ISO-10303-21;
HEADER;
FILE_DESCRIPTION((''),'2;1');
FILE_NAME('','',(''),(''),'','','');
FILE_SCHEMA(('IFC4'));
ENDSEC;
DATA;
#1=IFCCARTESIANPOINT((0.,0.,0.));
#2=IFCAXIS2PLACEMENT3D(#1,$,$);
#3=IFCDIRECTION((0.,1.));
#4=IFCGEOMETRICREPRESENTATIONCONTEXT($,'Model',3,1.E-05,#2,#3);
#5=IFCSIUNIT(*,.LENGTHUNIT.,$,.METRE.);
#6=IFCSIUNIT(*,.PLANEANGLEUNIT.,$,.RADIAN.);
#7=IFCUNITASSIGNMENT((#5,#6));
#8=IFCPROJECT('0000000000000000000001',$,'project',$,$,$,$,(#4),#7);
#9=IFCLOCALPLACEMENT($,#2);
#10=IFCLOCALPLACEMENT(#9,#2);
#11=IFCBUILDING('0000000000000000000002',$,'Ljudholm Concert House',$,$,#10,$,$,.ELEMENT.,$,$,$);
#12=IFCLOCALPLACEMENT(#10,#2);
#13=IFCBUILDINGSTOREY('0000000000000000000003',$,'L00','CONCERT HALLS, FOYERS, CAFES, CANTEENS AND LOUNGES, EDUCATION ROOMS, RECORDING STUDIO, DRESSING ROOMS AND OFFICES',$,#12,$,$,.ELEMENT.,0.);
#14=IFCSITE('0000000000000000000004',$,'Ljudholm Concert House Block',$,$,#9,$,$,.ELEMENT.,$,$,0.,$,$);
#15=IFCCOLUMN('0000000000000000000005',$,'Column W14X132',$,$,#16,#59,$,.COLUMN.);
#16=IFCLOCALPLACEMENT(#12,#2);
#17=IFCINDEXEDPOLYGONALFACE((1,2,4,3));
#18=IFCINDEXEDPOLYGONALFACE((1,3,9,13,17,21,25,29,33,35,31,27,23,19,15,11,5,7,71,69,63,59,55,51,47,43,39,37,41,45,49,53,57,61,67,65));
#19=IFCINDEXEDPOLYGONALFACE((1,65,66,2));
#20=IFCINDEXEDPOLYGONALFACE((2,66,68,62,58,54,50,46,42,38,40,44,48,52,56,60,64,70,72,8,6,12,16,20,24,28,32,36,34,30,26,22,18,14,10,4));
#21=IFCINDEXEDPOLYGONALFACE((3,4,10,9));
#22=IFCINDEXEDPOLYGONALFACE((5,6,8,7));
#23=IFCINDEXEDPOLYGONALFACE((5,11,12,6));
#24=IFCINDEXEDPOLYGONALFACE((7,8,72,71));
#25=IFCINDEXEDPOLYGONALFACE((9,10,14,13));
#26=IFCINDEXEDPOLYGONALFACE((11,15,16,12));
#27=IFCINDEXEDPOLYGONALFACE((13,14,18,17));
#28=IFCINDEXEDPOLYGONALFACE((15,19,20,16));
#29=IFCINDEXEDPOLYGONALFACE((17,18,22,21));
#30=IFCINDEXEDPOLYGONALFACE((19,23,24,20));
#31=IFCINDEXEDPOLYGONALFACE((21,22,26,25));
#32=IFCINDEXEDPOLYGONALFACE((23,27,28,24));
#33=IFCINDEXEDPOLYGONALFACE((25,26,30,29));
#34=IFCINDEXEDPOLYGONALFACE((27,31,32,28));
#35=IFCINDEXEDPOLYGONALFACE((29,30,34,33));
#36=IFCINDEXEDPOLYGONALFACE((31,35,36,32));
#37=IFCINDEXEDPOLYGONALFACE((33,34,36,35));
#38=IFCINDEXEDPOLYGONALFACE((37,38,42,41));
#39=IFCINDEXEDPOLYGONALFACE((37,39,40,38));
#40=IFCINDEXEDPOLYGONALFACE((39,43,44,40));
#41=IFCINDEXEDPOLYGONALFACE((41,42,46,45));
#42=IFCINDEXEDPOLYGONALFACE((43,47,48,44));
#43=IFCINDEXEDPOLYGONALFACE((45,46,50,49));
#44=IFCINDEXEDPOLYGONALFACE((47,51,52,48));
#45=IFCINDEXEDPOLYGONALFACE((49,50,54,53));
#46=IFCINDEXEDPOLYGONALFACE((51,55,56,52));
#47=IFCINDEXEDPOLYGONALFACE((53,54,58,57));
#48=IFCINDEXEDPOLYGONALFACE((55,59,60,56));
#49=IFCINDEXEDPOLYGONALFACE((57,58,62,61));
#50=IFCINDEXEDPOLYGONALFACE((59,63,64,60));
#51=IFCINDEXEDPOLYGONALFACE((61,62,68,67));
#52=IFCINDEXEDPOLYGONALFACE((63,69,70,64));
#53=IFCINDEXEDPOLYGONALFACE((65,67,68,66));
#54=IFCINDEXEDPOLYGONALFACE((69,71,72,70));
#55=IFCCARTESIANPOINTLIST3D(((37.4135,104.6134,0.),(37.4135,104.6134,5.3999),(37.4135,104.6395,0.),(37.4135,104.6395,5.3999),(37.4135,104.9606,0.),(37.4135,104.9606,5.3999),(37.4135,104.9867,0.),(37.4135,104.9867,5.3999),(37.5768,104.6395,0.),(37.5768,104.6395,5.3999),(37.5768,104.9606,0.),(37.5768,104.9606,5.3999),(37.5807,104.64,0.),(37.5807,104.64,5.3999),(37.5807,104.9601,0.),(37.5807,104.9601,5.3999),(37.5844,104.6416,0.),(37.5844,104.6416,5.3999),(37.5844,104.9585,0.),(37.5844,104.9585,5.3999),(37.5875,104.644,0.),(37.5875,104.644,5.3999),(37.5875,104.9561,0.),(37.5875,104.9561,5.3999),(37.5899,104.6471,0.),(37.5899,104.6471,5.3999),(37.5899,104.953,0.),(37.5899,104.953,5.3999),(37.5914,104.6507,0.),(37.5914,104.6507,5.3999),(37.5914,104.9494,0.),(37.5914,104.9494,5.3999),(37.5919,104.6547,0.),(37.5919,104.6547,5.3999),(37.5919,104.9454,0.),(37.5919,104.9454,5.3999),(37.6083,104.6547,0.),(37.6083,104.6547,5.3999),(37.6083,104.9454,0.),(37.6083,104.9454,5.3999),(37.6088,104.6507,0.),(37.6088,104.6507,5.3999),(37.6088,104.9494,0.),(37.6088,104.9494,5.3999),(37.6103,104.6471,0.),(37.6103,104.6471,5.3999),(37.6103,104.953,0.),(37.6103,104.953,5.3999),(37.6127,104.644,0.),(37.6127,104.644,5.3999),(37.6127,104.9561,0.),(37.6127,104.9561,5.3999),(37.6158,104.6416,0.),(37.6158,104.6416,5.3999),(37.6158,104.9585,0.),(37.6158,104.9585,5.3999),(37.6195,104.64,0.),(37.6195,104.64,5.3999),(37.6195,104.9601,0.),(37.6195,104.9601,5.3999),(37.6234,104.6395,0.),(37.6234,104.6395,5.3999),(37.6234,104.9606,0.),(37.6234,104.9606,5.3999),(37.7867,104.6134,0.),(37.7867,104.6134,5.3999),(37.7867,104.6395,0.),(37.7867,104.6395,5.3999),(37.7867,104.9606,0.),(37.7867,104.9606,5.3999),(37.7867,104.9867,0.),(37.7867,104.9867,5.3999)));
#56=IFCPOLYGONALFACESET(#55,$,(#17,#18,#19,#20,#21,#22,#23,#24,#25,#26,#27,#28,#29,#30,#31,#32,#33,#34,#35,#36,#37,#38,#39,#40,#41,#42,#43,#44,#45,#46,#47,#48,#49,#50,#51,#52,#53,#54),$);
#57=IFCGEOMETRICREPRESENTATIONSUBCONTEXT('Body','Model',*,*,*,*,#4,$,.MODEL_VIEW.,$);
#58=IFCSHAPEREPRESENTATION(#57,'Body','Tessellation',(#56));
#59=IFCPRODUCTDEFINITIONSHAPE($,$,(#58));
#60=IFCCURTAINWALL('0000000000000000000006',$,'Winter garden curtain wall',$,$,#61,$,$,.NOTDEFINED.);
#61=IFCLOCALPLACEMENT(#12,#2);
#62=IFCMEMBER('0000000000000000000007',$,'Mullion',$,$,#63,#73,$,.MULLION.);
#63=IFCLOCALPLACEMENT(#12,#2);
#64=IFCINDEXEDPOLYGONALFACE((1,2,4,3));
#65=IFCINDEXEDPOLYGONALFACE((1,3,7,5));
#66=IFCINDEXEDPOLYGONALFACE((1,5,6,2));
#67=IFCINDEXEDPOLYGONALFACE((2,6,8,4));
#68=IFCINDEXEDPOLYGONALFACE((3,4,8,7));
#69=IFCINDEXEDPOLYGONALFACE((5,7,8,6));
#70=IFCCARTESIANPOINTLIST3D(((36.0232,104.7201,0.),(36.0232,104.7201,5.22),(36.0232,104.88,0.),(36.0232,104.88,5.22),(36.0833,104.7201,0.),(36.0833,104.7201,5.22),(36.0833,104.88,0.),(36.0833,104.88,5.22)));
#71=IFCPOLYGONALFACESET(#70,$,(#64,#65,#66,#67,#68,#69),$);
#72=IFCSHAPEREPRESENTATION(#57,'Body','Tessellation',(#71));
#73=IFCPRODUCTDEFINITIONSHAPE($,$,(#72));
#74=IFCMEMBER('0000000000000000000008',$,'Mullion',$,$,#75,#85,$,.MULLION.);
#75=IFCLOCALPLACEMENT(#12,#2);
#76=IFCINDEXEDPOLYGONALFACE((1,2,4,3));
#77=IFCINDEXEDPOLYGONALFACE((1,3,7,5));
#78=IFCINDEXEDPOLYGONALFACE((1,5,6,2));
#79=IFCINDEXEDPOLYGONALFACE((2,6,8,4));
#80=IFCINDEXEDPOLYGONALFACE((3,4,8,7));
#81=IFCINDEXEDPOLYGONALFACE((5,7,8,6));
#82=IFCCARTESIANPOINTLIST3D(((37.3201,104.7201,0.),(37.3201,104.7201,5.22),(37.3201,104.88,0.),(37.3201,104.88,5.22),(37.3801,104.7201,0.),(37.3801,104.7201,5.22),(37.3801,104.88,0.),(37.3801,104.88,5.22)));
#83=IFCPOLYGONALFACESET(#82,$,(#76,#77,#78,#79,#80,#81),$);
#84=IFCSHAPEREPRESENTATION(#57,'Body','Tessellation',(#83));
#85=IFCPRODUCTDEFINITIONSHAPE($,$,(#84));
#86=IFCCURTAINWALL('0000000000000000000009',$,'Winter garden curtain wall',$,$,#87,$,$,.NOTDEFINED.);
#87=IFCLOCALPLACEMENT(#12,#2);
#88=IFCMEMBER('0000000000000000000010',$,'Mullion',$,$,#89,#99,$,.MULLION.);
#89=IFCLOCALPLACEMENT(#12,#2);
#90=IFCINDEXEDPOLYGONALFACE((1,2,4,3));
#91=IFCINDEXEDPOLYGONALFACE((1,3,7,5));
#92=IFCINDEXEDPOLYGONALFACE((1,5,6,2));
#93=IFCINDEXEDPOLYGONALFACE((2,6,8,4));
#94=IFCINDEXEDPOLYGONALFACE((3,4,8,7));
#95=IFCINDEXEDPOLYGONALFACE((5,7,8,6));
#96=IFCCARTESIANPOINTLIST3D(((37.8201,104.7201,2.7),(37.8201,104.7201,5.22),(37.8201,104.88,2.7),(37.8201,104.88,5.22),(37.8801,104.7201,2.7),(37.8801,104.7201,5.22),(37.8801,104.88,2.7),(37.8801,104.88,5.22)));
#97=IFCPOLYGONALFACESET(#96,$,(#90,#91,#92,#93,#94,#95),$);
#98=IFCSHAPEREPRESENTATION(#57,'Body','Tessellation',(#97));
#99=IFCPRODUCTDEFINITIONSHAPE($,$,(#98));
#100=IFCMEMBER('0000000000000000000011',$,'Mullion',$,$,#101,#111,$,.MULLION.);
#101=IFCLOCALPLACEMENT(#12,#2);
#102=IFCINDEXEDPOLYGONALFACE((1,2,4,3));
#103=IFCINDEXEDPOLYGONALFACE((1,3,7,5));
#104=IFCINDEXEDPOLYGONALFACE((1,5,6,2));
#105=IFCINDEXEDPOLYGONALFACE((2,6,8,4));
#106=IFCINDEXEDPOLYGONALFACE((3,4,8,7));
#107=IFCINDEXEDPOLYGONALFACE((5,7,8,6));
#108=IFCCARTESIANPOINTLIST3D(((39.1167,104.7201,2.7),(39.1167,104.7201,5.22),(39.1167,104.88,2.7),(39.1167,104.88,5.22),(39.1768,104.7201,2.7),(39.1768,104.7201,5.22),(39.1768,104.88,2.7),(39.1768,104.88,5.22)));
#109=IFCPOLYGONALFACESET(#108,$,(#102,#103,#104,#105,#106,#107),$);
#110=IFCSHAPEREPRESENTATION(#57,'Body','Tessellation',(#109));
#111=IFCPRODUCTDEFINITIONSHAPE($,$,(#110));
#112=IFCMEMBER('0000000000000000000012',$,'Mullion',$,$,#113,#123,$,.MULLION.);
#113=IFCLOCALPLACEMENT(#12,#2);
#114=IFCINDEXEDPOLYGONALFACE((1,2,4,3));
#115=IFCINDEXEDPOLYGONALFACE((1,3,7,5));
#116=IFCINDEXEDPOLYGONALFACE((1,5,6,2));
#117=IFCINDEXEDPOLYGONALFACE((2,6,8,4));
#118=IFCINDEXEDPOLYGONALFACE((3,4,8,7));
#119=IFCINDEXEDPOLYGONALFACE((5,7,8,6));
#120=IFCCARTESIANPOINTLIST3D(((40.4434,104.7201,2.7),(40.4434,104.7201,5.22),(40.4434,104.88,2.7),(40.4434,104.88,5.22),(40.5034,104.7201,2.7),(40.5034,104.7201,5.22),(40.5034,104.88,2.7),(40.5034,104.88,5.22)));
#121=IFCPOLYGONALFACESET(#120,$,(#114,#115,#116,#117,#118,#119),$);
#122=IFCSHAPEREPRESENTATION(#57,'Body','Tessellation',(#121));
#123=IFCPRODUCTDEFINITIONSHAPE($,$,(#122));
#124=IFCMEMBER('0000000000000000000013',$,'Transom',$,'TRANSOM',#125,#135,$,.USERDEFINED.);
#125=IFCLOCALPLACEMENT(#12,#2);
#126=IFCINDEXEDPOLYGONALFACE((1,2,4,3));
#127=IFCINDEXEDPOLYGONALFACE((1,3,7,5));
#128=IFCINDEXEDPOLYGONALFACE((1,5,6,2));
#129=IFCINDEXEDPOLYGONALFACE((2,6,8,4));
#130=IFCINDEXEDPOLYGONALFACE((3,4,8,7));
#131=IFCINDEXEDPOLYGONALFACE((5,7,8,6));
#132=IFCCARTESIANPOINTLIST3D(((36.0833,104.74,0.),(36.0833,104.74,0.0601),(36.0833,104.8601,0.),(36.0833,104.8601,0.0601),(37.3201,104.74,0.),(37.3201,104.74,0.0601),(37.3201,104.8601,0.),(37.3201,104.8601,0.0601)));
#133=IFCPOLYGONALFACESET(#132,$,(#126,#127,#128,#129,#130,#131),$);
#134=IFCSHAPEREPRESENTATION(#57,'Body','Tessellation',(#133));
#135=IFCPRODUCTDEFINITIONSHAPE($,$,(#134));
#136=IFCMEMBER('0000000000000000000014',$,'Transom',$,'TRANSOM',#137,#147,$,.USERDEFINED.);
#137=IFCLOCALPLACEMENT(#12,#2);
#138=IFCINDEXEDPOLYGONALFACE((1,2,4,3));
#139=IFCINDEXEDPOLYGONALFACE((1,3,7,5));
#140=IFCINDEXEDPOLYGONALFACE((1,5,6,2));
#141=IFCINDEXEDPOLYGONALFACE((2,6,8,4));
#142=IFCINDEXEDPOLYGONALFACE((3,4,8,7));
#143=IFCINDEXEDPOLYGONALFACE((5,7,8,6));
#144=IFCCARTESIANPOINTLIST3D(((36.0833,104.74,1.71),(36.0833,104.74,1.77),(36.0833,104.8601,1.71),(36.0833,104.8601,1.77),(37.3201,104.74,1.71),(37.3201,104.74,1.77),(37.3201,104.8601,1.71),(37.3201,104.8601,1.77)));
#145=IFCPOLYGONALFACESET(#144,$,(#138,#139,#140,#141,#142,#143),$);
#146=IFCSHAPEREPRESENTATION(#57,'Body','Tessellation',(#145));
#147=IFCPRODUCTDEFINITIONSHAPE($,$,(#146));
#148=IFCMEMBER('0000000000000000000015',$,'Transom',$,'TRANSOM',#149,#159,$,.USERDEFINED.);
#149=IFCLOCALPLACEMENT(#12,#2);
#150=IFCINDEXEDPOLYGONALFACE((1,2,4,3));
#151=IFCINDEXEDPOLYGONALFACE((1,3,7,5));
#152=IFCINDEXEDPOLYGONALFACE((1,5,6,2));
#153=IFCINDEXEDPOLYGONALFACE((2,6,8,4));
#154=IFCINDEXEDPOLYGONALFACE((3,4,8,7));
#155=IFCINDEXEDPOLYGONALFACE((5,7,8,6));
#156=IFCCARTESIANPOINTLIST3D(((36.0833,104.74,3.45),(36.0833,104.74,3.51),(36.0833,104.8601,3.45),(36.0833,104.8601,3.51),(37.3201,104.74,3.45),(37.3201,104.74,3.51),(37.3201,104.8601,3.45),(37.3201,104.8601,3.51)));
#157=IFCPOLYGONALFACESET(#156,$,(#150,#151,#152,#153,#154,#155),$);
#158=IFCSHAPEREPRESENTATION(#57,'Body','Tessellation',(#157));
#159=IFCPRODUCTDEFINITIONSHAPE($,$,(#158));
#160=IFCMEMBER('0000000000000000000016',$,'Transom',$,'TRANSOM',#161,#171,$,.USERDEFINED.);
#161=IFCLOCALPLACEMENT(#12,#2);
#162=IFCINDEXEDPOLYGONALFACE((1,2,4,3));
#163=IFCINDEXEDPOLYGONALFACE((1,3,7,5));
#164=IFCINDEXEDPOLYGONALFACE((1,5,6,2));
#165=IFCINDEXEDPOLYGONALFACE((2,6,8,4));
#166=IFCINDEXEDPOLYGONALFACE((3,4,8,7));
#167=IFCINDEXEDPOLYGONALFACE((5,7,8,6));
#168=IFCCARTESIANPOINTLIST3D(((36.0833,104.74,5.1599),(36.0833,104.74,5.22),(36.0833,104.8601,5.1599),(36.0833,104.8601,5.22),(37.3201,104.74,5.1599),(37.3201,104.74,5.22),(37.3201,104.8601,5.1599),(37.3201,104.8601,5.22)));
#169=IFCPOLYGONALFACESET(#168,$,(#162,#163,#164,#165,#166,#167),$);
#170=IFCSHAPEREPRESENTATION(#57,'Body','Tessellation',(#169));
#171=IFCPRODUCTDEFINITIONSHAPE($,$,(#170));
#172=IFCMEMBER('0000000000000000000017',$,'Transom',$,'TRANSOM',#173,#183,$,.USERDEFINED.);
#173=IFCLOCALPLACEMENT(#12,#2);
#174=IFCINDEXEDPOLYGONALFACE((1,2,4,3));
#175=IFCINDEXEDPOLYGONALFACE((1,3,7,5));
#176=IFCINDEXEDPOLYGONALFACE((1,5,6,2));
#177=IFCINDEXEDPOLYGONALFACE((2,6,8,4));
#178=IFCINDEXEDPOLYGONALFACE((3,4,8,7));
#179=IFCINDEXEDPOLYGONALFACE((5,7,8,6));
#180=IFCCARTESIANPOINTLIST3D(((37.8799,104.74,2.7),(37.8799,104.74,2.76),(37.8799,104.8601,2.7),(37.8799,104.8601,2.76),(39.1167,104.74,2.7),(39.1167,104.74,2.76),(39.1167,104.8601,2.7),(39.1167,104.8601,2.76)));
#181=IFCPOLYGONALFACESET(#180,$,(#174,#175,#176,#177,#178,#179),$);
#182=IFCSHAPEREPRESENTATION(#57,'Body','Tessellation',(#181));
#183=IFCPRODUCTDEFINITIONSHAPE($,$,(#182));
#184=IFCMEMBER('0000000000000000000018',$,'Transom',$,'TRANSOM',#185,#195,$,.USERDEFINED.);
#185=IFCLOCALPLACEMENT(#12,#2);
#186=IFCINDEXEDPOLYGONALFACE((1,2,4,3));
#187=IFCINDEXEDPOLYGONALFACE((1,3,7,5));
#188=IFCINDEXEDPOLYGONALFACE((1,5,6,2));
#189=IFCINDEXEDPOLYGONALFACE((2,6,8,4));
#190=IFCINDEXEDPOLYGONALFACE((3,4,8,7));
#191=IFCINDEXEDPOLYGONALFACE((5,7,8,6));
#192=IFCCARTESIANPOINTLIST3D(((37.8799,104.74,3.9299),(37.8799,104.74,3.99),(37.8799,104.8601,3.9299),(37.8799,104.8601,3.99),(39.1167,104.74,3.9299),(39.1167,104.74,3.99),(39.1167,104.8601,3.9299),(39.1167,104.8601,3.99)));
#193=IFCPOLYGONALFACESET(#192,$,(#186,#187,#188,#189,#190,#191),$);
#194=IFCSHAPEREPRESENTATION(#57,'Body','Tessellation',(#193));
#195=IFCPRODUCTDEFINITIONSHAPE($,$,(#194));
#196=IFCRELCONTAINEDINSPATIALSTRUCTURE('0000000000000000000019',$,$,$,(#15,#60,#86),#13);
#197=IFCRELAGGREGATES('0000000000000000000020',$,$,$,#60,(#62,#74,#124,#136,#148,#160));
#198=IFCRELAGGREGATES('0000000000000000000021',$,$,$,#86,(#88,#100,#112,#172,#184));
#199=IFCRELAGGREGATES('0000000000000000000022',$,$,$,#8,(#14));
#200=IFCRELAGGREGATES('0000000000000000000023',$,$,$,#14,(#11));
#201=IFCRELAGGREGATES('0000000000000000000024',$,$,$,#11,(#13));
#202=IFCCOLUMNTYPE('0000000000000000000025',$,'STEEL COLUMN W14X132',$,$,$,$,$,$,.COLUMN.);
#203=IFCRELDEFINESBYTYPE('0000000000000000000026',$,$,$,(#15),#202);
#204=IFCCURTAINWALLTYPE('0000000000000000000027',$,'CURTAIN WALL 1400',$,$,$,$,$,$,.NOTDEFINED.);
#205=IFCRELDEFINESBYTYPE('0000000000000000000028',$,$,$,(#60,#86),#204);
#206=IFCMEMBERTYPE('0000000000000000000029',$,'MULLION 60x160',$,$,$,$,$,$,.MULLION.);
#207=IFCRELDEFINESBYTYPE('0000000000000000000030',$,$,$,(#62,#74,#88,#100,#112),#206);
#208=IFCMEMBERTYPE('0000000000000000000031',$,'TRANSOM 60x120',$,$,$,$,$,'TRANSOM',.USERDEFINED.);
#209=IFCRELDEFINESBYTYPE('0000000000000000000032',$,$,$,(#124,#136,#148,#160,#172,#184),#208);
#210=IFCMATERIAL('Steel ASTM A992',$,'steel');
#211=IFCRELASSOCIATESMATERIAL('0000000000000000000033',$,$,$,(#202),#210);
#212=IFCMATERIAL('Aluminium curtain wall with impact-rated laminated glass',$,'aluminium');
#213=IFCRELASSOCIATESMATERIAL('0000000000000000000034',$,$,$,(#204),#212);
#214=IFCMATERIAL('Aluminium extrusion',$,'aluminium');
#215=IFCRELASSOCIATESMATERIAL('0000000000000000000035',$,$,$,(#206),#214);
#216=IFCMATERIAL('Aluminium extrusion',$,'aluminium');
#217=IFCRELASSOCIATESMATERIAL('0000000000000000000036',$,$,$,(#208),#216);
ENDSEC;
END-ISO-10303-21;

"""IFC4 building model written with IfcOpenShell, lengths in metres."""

from ifc_helpers import new_model, si_unit, direction, frame, origin, origin_2d, place, context, subcontext, project, spatial, rectangle, i_section, extrude, material, material_profile, profile_set, type_object, element, aggregate, save


model = new_model("IFC4")

# Units and contexts
model_context = context("Model", 3, precision=1e-05, world=origin(), true_north=direction((0.0, 1.0)))
body_context = subcontext(model_context, "Body", "Model", "MODEL_VIEW")
ifc_project = project(units=[si_unit("LENGTHUNIT", "METRE"), si_unit("PLANEANGLEUNIT", "RADIAN")], contexts=[model_context])

# Site, building, storey
site_placement = place(None, origin())
site = spatial("IfcSite", under=ifc_project, at=site_placement, Name="Ljudholm Concert House Block", CompositionType="ELEMENT", RefElevation=0.0)
building_placement = place(site_placement, origin())
building = spatial("IfcBuilding", under=site, at=building_placement, Name="Ljudholm Concert House", CompositionType="ELEMENT")
storey_placement = place(building_placement, origin())
storey = spatial("IfcBuildingStorey", under=building, at=storey_placement, Name="L00", Description="CONCERT HALLS, FOYERS, CAFES, CANTEENS AND LOUNGES, EDUCATION ROOMS, RECORDING STUDIO, DRESSING ROOMS AND OFFICES", CompositionType="ELEMENT", Elevation=0.0)

# Column
ifc_material_1 = material(Name="Steel ASTM A992", Category="steel")
ifc_material_profile_1 = material_profile(ifc_material_1, i_section(OverallWidth=0.3733, OverallDepth=0.3733, WebThickness=0.0164, FlangeThickness=0.0261, FilletRadius=0.0151, at=origin_2d()), Name="W14X132")
ifc_profile_set_1 = profile_set([ifc_material_profile_1], Name="Steel ASTM A992")
column_type = type_object("IfcColumnType", Name="STEEL COLUMN W14X132", PredefinedType="COLUMN", material=ifc_profile_set_1)
column_placement = place(storey_placement, frame((37.6001, 104.8, 0.0), z_axis=(0.0, 0.0, 1.0), x_axis=(1.0, 0.0, 0.0)))
element("IfcColumn", 1, at=column_placement, inside=storey, type_object=column_type, Name="Column W14X132", PredefinedType="COLUMN", context=body_context, shape_type="SweptSolid", body=[
    extrude(i_section(OverallWidth=0.3733, OverallDepth=0.3733, WebThickness=0.0164, FlangeThickness=0.0261, FilletRadius=0.0151, at=origin_2d()), origin(), (0.0, 0.0, 1.0), 5.3999),
])

# Curtain walls, members
ifc_material_2 = material(Name="Aluminium curtain wall with impact-rated laminated glass", Category="aluminium")
curtain_wall_type = type_object("IfcCurtainWallType", Name="CURTAIN WALL 1400", PredefinedType="NOTDEFINED", material=ifc_material_2)
curtain_wall_1_placement = place(storey_placement, origin())
curtain_wall_1 = element("IfcCurtainWall", 2, at=curtain_wall_1_placement, inside=storey, type_object=curtain_wall_type, Name="Winter garden curtain wall", PredefinedType="NOTDEFINED")
ifc_material_3 = material(Name="Aluminium extrusion", Category="aluminium")
ifc_material_profile_2 = material_profile(ifc_material_3, rectangle(XDim=0.1599, YDim=0.0601, at=origin_2d()), Name="MULLION 60x160")
ifc_profile_set_2 = profile_set([ifc_material_profile_2], Name="Aluminium extrusion")
member_type_1 = type_object("IfcMemberType", Name="MULLION 60x160", PredefinedType="MULLION", material=ifc_profile_set_2)
member_1_placement = place(storey_placement, frame((36.0532, 104.8, 0.0), z_axis=(0.0, 0.0, 1.0), x_axis=(0.0, 1.0, 0.0)))
member_1 = element("IfcMember", 3, at=member_1_placement, type_object=member_type_1, Name="Mullion", PredefinedType="MULLION", context=body_context, shape_type="SweptSolid", body=[
    extrude(rectangle(XDim=0.1599, YDim=0.0601, at=origin_2d()), origin(), (0.0, 0.0, 1.0), 5.22),
])
member_2_placement = place(storey_placement, frame((37.3501, 104.8, 0.0), z_axis=(0.0, 0.0, 1.0), x_axis=(0.0, 1.0, 0.0)))
member_2 = element("IfcMember", 4, at=member_2_placement, type_object=member_type_1, Name="Mullion", PredefinedType="MULLION", context=body_context, shape_type="SweptSolid", body=[
    extrude(rectangle(XDim=0.1599, YDim=0.0601, at=origin_2d()), origin(), (0.0, 0.0, 1.0), 5.22),
])
curtain_wall_2_placement = place(storey_placement, origin())
curtain_wall_2 = element("IfcCurtainWall", 5, at=curtain_wall_2_placement, inside=storey, type_object=curtain_wall_type, Name="Winter garden curtain wall", PredefinedType="NOTDEFINED")
member_3_placement = place(storey_placement, frame((37.8501, 104.8, 2.7), z_axis=(0.0, 0.0, 1.0), x_axis=(0.0, 1.0, 0.0)))
member_3 = element("IfcMember", 6, at=member_3_placement, type_object=member_type_1, Name="Mullion", PredefinedType="MULLION", context=body_context, shape_type="SweptSolid", body=[
    extrude(rectangle(XDim=0.1599, YDim=0.0601, at=origin_2d()), origin(), (0.0, 0.0, 1.0), 2.52),
])
member_4_placement = place(storey_placement, frame((39.1467, 104.8, 2.7), z_axis=(0.0, 0.0, 1.0), x_axis=(0.0, 1.0, 0.0)))
member_4 = element("IfcMember", 7, at=member_4_placement, type_object=member_type_1, Name="Mullion", PredefinedType="MULLION", context=body_context, shape_type="SweptSolid", body=[
    extrude(rectangle(XDim=0.1599, YDim=0.0601, at=origin_2d()), origin(), (0.0, 0.0, 1.0), 2.52),
])
member_5_placement = place(storey_placement, frame((40.4734, 104.8, 2.7), z_axis=(0.0, 0.0, 1.0), x_axis=(0.0, 1.0, 0.0)))
member_5 = element("IfcMember", 8, at=member_5_placement, type_object=member_type_1, Name="Mullion", PredefinedType="MULLION", context=body_context, shape_type="SweptSolid", body=[
    extrude(rectangle(XDim=0.1599, YDim=0.0601, at=origin_2d()), origin(), (0.0, 0.0, 1.0), 2.52),
])

# Members
ifc_material_4 = material(Name="Aluminium extrusion", Category="aluminium")
ifc_material_profile_3 = material_profile(ifc_material_4, rectangle(XDim=0.1201, YDim=0.0601, at=origin_2d()), Name="TRANSOM 60x120")
ifc_profile_set_3 = profile_set([ifc_material_profile_3], Name="Aluminium extrusion")
member_type_2 = type_object("IfcMemberType", Name="TRANSOM 60x120", ElementType="TRANSOM", PredefinedType="USERDEFINED", material=ifc_profile_set_3)
member_6_placement = place(storey_placement, frame((36.0833, 104.8, 0.03), z_axis=(1.0, 0.0, 0.0), x_axis=(0.0, 1.0, 0.0)))
member_6 = element("IfcMember", 9, at=member_6_placement, type_object=member_type_2, Name="Transom", ObjectType="TRANSOM", PredefinedType="USERDEFINED", context=body_context, shape_type="SweptSolid", body=[
    extrude(rectangle(XDim=0.1201, YDim=0.0601, at=origin_2d()), origin(), (0.0, 0.0, 1.0), 1.2368),
])
member_7_placement = place(storey_placement, frame((36.0833, 104.8, 1.74), z_axis=(1.0, 0.0, 0.0), x_axis=(0.0, 1.0, 0.0)))
member_7 = element("IfcMember", 10, at=member_7_placement, type_object=member_type_2, Name="Transom", ObjectType="TRANSOM", PredefinedType="USERDEFINED", context=body_context, shape_type="SweptSolid", body=[
    extrude(rectangle(XDim=0.1201, YDim=0.0601, at=origin_2d()), origin(), (0.0, 0.0, 1.0), 1.2368),
])
member_8_placement = place(storey_placement, frame((36.0833, 104.8, 3.48), z_axis=(1.0, 0.0, 0.0), x_axis=(0.0, 1.0, 0.0)))
member_8 = element("IfcMember", 11, at=member_8_placement, type_object=member_type_2, Name="Transom", ObjectType="TRANSOM", PredefinedType="USERDEFINED", context=body_context, shape_type="SweptSolid", body=[
    extrude(rectangle(XDim=0.1201, YDim=0.0601, at=origin_2d()), origin(), (0.0, 0.0, 1.0), 1.2368),
])
member_9_placement = place(storey_placement, frame((36.0833, 104.8, 5.1899), z_axis=(1.0, 0.0, 0.0), x_axis=(0.0, 1.0, 0.0)))
member_9 = element("IfcMember", 12, at=member_9_placement, type_object=member_type_2, Name="Transom", ObjectType="TRANSOM", PredefinedType="USERDEFINED", context=body_context, shape_type="SweptSolid", body=[
    extrude(rectangle(XDim=0.1201, YDim=0.0601, at=origin_2d()), origin(), (0.0, 0.0, 1.0), 1.2368),
])
member_10_placement = place(storey_placement, frame((37.8799, 104.8, 2.73), z_axis=(1.0, 0.0, 0.0), x_axis=(0.0, 1.0, 0.0)))
member_10 = element("IfcMember", 13, at=member_10_placement, type_object=member_type_2, Name="Transom", ObjectType="TRANSOM", PredefinedType="USERDEFINED", context=body_context, shape_type="SweptSolid", body=[
    extrude(rectangle(XDim=0.1201, YDim=0.0601, at=origin_2d()), origin(), (0.0, 0.0, 1.0), 1.2368),
])
member_11_placement = place(storey_placement, frame((37.8799, 104.8, 3.96), z_axis=(1.0, 0.0, 0.0), x_axis=(0.0, 1.0, 0.0)))
member_11 = element("IfcMember", 14, at=member_11_placement, type_object=member_type_2, Name="Transom", ObjectType="TRANSOM", PredefinedType="USERDEFINED", context=body_context, shape_type="SweptSolid", body=[
    extrude(rectangle(XDim=0.1201, YDim=0.0601, at=origin_2d()), origin(), (0.0, 0.0, 1.0), 1.2368),
])

aggregate(curtain_wall_1, [member_1, member_2, member_6, member_7, member_8, member_9])
aggregate(curtain_wall_2, [member_3, member_4, member_5, member_10, member_11])

save(model, "model.ifc")
